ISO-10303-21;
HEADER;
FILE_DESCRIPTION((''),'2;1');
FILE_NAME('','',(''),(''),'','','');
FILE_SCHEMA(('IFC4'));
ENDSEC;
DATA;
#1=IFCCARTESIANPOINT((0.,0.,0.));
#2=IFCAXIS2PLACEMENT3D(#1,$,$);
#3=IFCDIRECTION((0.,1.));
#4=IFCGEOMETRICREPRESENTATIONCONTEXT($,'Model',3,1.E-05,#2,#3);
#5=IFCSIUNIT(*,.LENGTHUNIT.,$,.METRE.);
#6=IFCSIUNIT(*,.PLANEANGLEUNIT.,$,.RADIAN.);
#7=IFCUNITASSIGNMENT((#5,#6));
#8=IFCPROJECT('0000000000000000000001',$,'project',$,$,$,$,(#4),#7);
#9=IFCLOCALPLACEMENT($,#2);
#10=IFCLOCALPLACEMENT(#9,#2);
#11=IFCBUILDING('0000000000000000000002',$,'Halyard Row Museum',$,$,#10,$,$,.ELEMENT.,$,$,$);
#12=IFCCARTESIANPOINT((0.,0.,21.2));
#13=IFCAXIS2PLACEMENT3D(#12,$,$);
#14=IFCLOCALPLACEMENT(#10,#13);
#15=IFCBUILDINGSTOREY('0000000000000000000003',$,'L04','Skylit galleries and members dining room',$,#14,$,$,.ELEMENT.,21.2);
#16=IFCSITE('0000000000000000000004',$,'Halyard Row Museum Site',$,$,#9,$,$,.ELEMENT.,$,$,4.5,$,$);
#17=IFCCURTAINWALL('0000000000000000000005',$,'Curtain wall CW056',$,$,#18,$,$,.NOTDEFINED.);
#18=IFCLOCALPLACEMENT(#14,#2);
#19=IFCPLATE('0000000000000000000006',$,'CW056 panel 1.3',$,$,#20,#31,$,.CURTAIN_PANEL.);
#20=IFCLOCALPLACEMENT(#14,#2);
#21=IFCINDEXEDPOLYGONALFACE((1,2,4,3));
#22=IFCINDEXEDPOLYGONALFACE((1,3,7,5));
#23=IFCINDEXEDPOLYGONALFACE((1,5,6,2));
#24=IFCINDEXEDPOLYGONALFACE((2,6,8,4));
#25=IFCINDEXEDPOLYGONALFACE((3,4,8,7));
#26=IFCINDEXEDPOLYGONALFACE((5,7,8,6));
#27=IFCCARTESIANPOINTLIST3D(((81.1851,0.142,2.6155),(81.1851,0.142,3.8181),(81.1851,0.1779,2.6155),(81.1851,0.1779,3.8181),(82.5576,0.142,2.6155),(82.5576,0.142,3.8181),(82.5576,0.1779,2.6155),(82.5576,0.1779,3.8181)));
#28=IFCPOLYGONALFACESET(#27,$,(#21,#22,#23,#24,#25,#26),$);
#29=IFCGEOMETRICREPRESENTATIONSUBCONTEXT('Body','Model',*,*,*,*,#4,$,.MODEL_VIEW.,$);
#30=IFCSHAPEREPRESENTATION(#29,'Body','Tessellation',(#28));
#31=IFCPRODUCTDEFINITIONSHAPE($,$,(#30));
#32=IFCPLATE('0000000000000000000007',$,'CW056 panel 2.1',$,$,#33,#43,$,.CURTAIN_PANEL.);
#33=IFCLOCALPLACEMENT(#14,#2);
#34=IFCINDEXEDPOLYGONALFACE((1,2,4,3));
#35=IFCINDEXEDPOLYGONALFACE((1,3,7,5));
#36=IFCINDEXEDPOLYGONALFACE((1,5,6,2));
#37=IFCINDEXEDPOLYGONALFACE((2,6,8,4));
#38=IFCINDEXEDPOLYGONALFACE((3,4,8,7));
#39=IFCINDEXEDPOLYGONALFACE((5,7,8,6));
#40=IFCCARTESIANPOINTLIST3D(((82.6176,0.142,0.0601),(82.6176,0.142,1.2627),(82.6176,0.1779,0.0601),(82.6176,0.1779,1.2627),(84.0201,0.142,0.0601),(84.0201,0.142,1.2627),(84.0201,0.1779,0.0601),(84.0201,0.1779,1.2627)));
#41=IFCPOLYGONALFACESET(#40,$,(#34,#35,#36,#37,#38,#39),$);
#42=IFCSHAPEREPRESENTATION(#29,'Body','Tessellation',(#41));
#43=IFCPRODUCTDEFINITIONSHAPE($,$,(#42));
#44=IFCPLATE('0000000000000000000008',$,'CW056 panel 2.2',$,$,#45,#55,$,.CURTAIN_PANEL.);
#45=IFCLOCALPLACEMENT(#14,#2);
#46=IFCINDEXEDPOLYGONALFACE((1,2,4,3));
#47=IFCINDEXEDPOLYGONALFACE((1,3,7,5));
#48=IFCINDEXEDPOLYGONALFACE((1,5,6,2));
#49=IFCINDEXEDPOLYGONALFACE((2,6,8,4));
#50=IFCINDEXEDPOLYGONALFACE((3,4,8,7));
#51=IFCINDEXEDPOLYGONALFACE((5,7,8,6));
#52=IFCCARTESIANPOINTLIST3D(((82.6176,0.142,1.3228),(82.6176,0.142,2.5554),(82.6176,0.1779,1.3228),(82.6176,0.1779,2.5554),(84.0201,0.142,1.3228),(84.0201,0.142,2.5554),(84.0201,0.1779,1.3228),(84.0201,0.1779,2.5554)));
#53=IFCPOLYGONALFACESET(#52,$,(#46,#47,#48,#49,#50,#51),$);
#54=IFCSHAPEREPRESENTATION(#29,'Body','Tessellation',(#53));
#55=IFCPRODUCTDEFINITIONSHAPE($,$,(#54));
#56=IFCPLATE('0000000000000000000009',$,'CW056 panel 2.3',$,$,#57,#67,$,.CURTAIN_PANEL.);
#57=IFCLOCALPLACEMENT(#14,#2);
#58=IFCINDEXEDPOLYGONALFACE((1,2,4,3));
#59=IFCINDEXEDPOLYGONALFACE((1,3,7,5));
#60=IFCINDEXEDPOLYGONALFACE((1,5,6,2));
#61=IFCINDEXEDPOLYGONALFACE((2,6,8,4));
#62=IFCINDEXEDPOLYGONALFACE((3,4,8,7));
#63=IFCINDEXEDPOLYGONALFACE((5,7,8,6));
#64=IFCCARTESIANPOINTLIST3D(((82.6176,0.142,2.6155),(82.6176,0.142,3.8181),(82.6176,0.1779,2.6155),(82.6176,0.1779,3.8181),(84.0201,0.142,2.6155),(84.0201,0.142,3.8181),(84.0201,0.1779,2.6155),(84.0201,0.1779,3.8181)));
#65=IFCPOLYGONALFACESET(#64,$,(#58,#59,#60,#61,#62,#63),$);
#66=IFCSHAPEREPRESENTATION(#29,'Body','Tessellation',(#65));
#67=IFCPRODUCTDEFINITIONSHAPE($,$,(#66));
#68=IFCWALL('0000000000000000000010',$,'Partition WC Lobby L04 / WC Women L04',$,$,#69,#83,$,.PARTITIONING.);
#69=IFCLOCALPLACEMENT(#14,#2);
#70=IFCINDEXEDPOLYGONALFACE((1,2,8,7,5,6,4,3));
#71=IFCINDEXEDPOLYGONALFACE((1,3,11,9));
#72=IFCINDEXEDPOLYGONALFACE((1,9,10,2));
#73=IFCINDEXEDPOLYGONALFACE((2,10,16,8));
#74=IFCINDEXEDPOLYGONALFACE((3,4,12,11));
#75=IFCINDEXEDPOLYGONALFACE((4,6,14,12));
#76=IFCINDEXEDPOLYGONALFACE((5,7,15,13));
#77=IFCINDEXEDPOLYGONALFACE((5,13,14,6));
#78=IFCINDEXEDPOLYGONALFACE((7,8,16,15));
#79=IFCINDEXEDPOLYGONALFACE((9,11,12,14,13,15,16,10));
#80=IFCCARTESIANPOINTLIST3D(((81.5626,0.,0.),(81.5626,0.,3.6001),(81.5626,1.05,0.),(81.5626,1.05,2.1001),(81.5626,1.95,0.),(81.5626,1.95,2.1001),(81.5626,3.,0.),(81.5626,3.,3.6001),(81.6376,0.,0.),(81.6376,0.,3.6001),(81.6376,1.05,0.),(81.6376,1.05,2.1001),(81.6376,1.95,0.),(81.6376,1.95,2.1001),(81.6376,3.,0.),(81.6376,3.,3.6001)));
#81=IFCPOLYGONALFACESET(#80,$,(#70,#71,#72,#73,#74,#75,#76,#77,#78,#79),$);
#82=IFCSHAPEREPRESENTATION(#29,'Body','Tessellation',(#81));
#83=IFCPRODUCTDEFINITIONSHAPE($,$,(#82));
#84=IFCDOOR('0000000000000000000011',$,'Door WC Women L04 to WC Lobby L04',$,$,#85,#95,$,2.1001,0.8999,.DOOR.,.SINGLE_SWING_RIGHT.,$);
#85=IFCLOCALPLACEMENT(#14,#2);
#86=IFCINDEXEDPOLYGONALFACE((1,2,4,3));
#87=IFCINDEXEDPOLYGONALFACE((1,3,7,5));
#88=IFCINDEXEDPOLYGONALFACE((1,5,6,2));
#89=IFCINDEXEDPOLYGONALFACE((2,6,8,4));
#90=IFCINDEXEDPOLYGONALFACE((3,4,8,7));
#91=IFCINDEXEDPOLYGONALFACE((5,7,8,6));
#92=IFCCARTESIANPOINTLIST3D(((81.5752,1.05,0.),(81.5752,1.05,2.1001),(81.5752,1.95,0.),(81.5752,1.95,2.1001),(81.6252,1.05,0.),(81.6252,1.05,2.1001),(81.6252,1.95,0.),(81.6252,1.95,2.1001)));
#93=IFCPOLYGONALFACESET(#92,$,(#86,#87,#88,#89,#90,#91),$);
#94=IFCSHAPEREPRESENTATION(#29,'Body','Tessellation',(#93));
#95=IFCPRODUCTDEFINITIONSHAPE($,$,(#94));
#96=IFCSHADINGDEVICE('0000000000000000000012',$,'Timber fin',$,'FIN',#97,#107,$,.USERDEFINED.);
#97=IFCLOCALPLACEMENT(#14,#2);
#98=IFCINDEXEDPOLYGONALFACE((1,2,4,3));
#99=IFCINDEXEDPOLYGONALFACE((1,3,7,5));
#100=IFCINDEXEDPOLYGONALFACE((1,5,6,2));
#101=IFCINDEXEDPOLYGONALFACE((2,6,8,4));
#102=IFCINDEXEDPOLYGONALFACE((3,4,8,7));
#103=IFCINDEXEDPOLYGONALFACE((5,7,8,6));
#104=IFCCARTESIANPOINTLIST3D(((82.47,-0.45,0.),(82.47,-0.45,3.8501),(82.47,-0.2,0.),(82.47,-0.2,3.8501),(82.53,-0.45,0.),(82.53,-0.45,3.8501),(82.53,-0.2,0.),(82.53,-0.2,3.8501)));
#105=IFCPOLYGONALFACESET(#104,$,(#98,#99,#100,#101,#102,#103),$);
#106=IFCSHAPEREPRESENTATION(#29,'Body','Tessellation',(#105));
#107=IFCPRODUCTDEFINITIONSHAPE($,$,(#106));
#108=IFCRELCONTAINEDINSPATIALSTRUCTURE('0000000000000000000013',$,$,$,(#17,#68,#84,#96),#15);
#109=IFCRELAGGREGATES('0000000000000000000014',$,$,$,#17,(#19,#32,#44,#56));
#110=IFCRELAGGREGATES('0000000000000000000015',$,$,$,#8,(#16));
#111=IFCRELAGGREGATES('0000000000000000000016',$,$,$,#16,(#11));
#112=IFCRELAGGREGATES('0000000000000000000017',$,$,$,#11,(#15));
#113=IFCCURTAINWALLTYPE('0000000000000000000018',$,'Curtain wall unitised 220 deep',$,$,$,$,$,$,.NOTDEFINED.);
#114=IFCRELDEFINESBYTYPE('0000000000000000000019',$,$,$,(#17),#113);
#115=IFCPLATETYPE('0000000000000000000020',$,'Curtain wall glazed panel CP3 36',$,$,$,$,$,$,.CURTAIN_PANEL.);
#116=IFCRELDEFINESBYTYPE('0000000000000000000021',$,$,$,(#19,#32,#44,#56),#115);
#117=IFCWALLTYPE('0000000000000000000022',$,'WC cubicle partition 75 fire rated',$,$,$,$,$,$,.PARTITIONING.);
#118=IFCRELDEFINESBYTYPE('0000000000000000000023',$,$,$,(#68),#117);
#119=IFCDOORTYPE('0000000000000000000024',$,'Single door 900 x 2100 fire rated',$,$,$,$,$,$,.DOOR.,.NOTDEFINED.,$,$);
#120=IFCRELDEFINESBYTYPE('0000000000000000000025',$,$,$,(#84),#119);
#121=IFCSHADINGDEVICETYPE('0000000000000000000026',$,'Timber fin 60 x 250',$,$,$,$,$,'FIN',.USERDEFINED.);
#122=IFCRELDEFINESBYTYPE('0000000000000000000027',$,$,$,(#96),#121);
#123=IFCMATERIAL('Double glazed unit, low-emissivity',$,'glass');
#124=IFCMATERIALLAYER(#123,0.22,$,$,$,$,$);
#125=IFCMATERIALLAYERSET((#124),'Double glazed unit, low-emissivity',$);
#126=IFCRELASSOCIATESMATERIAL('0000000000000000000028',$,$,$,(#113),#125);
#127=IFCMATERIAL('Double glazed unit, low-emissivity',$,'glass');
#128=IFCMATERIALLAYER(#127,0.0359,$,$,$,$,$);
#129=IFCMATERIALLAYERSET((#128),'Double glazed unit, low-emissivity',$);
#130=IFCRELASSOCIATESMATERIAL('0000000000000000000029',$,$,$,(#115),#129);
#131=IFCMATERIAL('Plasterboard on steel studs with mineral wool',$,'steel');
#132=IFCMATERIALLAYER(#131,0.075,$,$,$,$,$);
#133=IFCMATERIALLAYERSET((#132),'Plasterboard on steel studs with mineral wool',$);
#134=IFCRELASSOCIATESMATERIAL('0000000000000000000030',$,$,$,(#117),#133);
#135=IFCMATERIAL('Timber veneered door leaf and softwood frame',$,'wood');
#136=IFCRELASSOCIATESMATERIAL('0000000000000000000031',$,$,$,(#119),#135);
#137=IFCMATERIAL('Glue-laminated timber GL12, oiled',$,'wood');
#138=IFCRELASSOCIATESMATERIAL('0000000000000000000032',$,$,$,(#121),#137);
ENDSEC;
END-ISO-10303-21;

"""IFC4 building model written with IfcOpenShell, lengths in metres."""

from ifc_helpers import new_model, si_unit, direction, frame, frame_2d, origin, origin_2d, place, context, subcontext, project, spatial, rectangle, extrude, material, layer, layer_set, type_object, element, fill, aggregate, save


model = new_model("IFC4")

# Units and contexts
model_context = context("Model", 3, precision=1e-05, world=origin(), true_north=direction((0.0, 1.0)))
body_context = subcontext(model_context, "Body", "Model", "MODEL_VIEW")
ifc_project = project(units=[si_unit("LENGTHUNIT", "METRE"), si_unit("PLANEANGLEUNIT", "RADIAN")], contexts=[model_context])

# Site, building, storey
site_placement = place(None, origin())
site = spatial("IfcSite", under=ifc_project, at=site_placement, Name="Halyard Row Museum Site", CompositionType="ELEMENT", RefElevation=4.5)
building_placement = place(site_placement, origin())
building = spatial("IfcBuilding", under=site, at=building_placement, Name="Halyard Row Museum", CompositionType="ELEMENT")
storey_placement = place(building_placement, frame((0.0, 0.0, 21.2)))
storey = spatial("IfcBuildingStorey", under=building, at=storey_placement, Name="L04", Description="Skylit galleries and members dining room", CompositionType="ELEMENT", Elevation=21.2)

# Curtain wall
ifc_material_1 = material(Name="Double glazed unit, low-emissivity", Category="glass")
ifc_layer_1 = layer(ifc_material_1, 0.22)
ifc_layer_set_1 = layer_set([ifc_layer_1], Name="Double glazed unit, low-emissivity")
curtain_wall_type = type_object("IfcCurtainWallType", Name="Curtain wall unitised 220 deep", PredefinedType="NOTDEFINED", material=ifc_layer_set_1)
curtain_wall_placement = place(storey_placement, origin())
curtain_wall = element("IfcCurtainWall", 1, at=curtain_wall_placement, inside=storey, type_object=curtain_wall_type, Name="Curtain wall CW056", PredefinedType="NOTDEFINED")

# Plates
ifc_material_2 = material(Name="Double glazed unit, low-emissivity", Category="glass")
ifc_layer_2 = layer(ifc_material_2, 0.0359)
ifc_layer_set_2 = layer_set([ifc_layer_2], Name="Double glazed unit, low-emissivity")
plate_type = type_object("IfcPlateType", Name="Curtain wall glazed panel CP3 36", PredefinedType="CURTAIN_PANEL", material=ifc_layer_set_2)
plate_1_placement = place(storey_placement, frame((81.8713, 0.1599, 2.6155), z_axis=(0.0, 0.0, 1.0), x_axis=(1.0, 0.0, 0.0)))
plate_1 = element("IfcPlate", 2, at=plate_1_placement, type_object=plate_type, Name="CW056 panel 1.3", PredefinedType="CURTAIN_PANEL", context=body_context, shape_type="SweptSolid", body=[
    extrude(rectangle(XDim=1.3726, YDim=0.0359, at=origin_2d()), origin(), (0.0, 0.0, 1.0), 1.2026),
])
plate_2_placement = place(storey_placement, frame((83.3188, 0.1599, 0.0601), z_axis=(0.0, 0.0, 1.0), x_axis=(1.0, 0.0, 0.0)))
plate_2 = element("IfcPlate", 3, at=plate_2_placement, type_object=plate_type, Name="CW056 panel 2.1", PredefinedType="CURTAIN_PANEL", context=body_context, shape_type="SweptSolid", body=[
    extrude(rectangle(XDim=1.4026, YDim=0.0359, at=origin_2d()), origin(), (0.0, 0.0, 1.0), 1.2026),
])
plate_3_placement = place(storey_placement, frame((83.3188, 0.1599, 1.3228), z_axis=(0.0, 0.0, 1.0), x_axis=(1.0, 0.0, 0.0)))
plate_3 = element("IfcPlate", 4, at=plate_3_placement, type_object=plate_type, Name="CW056 panel 2.2", PredefinedType="CURTAIN_PANEL", context=body_context, shape_type="SweptSolid", body=[
    extrude(rectangle(XDim=1.4026, YDim=0.0359, at=origin_2d()), origin(), (0.0, 0.0, 1.0), 1.2327),
])
plate_4_placement = place(storey_placement, frame((83.3188, 0.1599, 2.6155), z_axis=(0.0, 0.0, 1.0), x_axis=(1.0, 0.0, 0.0)))
plate_4 = element("IfcPlate", 5, at=plate_4_placement, type_object=plate_type, Name="CW056 panel 2.3", PredefinedType="CURTAIN_PANEL", context=body_context, shape_type="SweptSolid", body=[
    extrude(rectangle(XDim=1.4026, YDim=0.0359, at=origin_2d()), origin(), (0.0, 0.0, 1.0), 1.2026),
])
aggregate(curtain_wall, [plate_1, plate_2, plate_3, plate_4])

# Wall, opening, door
ifc_material_3 = material(Name="Plasterboard on steel studs with mineral wool", Category="steel")
ifc_layer_3 = layer(ifc_material_3, 0.075)
ifc_layer_set_3 = layer_set([ifc_layer_3], Name="Plasterboard on steel studs with mineral wool")
wall_type = type_object("IfcWallType", Name="WC cubicle partition 75 fire rated", PredefinedType="PARTITIONING", material=ifc_layer_set_3)
wall_placement = place(storey_placement, frame((81.6001, 0.0, 0.0), z_axis=(0.0, 0.0, 1.0), x_axis=(0.0, 1.0, 0.0)))
wall = element("IfcWall", 6, at=wall_placement, inside=storey, type_object=wall_type, Name="Partition WC Lobby L04 / WC Women L04", PredefinedType="PARTITIONING", context=body_context, shape_type="SweptSolid", body=[
    extrude(rectangle(XDim=3.0, YDim=0.075, at=frame_2d((1.5, 0.0))), origin(), (0.0, 0.0, 1.0), 3.6001),
])
opening_placement = place(wall_placement, frame((1.05, 0.0, 0.0)))
opening = element("IfcOpeningElement", 7, at=opening_placement, cuts=wall, PredefinedType="OPENING", context=body_context, shape_type="SweptSolid", body=[
    extrude(rectangle(XDim=0.8999, YDim=2.1001, at=frame_2d((0.45, 1.05))), frame((0.0, 0.0474, 0.0), z_axis=(0.0, -1.0, 0.0), x_axis=(1.0, 0.0, 0.0)), (0.0, 0.0, 1.0), 0.095),
])
ifc_material_4 = material(Name="Timber veneered door leaf and softwood frame", Category="wood")
door_type = type_object("IfcDoorType", Name="Single door 900 x 2100 fire rated", OperationType="NOTDEFINED", PredefinedType="DOOR", material=ifc_material_4)
door_placement = place(opening_placement, origin())
door = element("IfcDoor", 8, at=door_placement, inside=storey, type_object=door_type, Name="Door WC Women L04 to WC Lobby L04", OperationType="SINGLE_SWING_RIGHT", OverallHeight=2.1001, OverallWidth=0.8999, PredefinedType="DOOR", context=body_context, shape_type="SweptSolid", body=[
    extrude(rectangle(XDim=0.8999, YDim=2.1001, at=frame_2d((0.45, 1.05))), frame((0.0, 0.0249, 0.0), z_axis=(0.0, -1.0, 0.0), x_axis=(1.0, 0.0, 0.0)), (0.0, 0.0, 1.0), 0.05),
])
fill(opening, door)

# Shading device
ifc_material_5 = material(Name="Glue-laminated timber GL12, oiled", Category="wood")
shading_device_type = type_object("IfcShadingDeviceType", Name="Timber fin 60 x 250", ElementType="FIN", PredefinedType="USERDEFINED", material=ifc_material_5)
shading_device_placement = place(storey_placement, frame((82.5, -0.325, 0.0), z_axis=(0.0, 0.0, 1.0), x_axis=(1.0, 0.0, 0.0)))
element("IfcShadingDevice", 9, at=shading_device_placement, inside=storey, type_object=shading_device_type, Name="Timber fin", ObjectType="FIN", PredefinedType="USERDEFINED", context=body_context, shape_type="SweptSolid", body=[
    extrude(rectangle(XDim=0.0601, YDim=0.25, at=origin_2d()), origin(), (0.0, 0.0, 1.0), 3.8501),
])

save(model, "model.ifc")
